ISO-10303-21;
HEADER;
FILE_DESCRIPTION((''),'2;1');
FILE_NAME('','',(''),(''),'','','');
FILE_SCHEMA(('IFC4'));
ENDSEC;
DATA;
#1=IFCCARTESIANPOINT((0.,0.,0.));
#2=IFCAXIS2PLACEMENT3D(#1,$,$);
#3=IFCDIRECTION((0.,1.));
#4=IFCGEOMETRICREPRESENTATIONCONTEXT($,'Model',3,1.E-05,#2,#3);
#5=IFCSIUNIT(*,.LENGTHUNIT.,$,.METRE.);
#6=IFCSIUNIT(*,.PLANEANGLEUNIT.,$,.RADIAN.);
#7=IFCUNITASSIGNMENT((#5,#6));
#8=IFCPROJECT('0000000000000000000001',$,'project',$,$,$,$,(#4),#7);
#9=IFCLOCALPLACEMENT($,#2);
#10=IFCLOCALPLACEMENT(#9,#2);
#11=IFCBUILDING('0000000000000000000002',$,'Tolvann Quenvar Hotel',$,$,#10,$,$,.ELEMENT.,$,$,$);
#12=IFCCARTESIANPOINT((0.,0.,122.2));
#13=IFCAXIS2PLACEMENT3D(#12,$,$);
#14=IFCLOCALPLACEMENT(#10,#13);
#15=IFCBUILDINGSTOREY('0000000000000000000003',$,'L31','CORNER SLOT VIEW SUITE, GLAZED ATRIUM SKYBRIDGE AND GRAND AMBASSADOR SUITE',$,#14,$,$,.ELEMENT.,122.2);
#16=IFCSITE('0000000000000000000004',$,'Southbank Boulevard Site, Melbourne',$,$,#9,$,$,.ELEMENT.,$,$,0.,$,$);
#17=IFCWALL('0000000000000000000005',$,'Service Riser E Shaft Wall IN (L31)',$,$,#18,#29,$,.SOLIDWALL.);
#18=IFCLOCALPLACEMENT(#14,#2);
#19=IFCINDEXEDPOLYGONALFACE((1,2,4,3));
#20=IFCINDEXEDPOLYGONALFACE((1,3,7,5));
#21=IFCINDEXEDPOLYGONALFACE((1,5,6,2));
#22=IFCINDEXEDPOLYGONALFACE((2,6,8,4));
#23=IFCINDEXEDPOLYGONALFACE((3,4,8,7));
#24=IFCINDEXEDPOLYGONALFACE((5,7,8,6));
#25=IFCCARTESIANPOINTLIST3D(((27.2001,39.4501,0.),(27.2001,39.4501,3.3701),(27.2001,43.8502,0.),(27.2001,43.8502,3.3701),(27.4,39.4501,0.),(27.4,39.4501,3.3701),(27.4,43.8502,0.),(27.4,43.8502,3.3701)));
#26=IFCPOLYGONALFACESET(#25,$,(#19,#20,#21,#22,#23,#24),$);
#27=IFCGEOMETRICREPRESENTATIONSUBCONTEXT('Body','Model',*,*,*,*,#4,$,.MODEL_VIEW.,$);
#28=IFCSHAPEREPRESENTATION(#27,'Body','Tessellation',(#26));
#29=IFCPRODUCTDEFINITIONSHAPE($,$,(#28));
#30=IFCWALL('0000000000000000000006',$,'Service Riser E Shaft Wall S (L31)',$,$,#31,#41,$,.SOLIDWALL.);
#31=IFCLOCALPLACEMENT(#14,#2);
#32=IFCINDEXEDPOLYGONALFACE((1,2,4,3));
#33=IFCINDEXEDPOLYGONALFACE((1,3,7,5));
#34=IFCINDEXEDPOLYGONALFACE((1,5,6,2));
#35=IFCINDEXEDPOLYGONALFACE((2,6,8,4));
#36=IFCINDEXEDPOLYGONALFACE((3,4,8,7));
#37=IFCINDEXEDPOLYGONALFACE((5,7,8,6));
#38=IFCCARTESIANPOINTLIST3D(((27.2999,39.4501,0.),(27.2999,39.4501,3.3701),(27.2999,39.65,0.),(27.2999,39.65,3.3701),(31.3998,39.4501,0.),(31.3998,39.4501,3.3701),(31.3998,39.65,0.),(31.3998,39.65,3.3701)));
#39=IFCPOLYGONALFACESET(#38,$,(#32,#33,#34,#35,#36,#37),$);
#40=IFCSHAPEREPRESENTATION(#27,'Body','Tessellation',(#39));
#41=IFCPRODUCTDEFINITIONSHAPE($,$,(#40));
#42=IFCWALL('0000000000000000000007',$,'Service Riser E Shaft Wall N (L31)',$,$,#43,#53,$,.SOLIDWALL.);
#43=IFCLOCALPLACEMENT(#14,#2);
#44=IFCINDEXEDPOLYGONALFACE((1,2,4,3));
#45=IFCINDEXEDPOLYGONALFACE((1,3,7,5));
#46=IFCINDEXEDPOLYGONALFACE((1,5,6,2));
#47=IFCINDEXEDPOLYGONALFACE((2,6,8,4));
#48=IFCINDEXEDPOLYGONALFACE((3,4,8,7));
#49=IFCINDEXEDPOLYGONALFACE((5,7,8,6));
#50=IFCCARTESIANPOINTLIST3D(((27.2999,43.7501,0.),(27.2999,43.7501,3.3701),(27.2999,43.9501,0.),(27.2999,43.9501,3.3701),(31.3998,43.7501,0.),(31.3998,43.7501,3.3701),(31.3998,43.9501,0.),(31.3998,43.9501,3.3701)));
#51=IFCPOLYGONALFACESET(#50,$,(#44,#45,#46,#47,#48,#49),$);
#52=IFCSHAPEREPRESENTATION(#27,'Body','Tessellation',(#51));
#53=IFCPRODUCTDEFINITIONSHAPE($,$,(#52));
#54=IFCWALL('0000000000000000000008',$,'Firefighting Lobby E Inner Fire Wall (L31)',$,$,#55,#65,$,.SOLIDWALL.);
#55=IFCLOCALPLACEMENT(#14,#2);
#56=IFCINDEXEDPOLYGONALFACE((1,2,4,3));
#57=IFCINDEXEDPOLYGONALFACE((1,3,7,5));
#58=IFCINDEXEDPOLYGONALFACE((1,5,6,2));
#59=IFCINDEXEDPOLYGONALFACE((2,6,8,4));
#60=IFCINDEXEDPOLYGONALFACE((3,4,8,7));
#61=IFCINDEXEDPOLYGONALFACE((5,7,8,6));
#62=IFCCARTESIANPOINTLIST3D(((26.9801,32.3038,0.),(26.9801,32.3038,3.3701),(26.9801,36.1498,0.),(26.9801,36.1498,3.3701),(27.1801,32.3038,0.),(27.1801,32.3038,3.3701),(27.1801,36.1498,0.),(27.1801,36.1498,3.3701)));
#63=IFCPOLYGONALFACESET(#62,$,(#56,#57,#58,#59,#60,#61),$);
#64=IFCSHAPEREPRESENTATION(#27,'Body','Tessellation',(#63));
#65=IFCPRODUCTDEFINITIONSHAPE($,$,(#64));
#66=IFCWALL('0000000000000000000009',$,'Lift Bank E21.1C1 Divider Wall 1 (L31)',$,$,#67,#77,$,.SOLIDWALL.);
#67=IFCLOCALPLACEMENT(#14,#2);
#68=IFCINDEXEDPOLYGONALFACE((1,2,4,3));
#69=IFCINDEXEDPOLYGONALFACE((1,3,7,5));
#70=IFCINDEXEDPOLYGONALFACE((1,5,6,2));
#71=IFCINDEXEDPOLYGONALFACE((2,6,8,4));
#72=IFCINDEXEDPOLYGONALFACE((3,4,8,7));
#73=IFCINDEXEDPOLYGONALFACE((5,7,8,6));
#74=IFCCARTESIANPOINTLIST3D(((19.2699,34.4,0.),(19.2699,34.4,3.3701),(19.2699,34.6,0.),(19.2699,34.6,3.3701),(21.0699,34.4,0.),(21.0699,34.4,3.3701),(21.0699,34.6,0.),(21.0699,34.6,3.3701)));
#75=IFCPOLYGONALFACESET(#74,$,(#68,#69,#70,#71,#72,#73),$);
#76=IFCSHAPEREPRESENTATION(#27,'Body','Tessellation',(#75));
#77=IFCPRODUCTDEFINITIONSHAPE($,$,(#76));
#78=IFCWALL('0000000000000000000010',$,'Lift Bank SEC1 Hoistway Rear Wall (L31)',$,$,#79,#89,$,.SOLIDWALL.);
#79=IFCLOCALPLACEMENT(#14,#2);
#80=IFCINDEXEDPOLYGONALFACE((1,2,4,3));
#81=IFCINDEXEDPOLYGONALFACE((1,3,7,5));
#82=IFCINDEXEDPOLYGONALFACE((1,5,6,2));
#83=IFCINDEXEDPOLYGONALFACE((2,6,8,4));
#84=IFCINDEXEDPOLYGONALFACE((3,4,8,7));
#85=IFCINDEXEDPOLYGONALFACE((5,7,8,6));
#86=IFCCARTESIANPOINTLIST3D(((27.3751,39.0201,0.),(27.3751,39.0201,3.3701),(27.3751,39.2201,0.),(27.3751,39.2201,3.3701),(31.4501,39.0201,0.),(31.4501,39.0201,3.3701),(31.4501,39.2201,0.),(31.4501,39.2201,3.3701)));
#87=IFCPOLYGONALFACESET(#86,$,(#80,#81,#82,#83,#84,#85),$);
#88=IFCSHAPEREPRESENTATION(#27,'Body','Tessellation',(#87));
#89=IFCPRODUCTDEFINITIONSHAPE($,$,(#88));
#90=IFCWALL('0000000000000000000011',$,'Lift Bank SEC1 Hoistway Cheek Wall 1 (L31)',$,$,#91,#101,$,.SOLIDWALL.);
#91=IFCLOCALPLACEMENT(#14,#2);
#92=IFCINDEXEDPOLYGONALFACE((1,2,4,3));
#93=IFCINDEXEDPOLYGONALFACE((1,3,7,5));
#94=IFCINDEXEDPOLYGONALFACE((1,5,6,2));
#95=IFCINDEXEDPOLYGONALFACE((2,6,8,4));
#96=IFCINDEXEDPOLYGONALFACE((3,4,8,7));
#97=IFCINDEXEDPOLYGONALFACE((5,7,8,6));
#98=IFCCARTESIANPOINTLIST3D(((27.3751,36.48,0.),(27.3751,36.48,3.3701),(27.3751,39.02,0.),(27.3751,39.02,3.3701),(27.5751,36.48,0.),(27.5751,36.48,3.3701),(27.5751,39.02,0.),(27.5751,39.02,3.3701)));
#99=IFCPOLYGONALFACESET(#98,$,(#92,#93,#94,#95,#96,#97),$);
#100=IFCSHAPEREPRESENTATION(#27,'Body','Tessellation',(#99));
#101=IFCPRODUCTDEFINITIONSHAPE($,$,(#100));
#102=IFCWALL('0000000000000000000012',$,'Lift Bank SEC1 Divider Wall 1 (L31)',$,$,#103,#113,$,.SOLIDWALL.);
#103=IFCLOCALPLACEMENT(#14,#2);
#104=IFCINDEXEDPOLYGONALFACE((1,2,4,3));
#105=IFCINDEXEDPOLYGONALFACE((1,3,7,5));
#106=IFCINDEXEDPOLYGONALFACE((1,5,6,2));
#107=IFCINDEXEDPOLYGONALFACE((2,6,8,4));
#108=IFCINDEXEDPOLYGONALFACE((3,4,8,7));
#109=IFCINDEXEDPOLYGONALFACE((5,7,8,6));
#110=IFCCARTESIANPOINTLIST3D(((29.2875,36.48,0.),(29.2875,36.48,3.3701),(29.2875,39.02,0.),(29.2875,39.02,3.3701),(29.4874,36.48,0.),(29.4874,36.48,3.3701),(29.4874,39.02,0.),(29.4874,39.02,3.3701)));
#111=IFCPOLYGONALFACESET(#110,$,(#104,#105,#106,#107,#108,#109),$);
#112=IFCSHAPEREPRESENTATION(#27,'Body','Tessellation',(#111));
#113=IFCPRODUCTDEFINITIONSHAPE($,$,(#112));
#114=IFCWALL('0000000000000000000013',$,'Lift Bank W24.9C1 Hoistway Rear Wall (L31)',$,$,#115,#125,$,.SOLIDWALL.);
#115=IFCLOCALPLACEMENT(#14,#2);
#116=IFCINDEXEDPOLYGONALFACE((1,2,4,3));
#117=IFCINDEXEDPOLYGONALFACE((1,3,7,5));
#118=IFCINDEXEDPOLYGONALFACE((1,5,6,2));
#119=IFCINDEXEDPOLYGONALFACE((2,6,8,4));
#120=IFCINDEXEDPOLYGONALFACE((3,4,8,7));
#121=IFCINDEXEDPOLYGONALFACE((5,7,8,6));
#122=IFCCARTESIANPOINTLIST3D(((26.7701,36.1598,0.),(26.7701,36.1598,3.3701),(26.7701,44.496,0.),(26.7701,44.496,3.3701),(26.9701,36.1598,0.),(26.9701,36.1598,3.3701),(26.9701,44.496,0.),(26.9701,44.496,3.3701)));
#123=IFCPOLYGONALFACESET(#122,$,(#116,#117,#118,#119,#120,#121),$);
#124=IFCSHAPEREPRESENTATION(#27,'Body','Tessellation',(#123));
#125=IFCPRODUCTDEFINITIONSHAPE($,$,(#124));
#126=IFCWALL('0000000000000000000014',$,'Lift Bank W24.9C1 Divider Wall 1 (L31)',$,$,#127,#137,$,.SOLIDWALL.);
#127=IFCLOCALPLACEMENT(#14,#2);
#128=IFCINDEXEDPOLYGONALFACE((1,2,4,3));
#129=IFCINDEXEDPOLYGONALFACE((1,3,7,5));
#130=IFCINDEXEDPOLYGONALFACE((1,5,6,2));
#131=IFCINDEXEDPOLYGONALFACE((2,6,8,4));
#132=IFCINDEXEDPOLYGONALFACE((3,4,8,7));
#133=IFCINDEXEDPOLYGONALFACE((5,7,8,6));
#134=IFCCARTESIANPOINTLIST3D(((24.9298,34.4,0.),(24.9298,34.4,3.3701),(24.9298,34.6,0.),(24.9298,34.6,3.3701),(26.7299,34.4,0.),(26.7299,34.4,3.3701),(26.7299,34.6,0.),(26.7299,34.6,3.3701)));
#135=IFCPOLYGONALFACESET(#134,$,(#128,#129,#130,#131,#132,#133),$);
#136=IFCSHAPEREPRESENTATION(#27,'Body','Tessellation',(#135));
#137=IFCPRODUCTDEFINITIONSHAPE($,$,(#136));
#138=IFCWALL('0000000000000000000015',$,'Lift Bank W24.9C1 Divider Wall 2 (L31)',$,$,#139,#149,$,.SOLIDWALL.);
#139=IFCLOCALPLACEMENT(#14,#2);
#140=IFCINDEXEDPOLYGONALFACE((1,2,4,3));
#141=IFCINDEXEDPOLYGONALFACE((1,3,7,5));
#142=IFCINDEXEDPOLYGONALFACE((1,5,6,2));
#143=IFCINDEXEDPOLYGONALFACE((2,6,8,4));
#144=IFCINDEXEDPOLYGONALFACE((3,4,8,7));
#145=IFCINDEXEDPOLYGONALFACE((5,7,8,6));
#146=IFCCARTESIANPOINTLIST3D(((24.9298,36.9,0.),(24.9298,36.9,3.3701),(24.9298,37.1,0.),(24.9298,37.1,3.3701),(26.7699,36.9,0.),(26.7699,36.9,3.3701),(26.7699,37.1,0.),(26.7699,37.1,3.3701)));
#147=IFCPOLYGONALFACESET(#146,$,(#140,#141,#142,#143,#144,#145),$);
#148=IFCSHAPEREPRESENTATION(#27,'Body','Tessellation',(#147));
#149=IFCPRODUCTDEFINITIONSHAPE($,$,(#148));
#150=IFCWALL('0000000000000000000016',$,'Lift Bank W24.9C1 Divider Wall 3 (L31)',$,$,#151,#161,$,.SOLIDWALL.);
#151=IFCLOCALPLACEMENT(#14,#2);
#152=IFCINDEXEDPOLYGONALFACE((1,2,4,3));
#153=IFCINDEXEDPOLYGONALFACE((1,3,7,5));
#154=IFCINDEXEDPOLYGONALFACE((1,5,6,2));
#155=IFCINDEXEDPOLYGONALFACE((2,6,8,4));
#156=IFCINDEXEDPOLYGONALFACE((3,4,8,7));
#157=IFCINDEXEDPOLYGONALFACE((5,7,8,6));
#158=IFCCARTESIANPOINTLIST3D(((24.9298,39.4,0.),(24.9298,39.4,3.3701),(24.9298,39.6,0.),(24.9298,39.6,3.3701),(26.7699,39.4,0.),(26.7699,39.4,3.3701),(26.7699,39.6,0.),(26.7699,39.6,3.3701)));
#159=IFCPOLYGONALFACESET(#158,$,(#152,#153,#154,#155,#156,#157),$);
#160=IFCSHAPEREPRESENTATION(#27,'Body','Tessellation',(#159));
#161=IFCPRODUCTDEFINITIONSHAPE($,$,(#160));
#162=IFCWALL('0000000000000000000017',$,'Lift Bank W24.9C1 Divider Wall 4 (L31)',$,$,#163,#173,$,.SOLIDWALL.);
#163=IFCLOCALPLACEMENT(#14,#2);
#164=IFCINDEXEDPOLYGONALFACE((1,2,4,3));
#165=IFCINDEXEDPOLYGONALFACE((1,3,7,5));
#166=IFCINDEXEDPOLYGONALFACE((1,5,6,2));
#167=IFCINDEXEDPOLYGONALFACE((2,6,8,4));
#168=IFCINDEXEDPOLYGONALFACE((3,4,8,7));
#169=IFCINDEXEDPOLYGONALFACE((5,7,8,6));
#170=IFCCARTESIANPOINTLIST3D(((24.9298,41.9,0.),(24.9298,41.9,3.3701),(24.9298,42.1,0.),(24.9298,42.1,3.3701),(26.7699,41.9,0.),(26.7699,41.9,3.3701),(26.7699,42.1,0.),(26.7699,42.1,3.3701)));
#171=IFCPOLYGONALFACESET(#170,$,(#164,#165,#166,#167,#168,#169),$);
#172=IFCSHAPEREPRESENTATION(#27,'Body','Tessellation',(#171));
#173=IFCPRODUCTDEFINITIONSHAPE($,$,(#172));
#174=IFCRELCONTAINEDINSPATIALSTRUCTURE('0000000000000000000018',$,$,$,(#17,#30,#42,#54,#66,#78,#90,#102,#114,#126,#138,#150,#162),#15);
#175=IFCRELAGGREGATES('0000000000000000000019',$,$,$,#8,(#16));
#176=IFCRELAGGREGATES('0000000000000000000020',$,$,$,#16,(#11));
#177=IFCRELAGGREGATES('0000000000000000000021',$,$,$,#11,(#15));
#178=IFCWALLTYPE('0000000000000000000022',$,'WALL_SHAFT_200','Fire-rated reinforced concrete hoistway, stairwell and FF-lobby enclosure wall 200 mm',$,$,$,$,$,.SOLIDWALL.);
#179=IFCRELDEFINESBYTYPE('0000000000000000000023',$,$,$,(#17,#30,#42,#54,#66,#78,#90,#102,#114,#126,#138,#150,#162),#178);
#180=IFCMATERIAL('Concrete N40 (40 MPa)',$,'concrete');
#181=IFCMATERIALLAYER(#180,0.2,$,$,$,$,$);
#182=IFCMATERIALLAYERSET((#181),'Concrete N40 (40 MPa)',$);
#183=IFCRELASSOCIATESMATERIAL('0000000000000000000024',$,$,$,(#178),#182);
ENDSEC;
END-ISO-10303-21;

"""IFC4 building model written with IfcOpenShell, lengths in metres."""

from ifc_helpers import new_model, si_unit, direction, frame, frame_2d, origin, place, context, subcontext, project, spatial, rectangle, extrude, material, layer, layer_set, type_object, element, save


model = new_model("IFC4")

# Units and contexts
model_context = context("Model", 3, precision=1e-05, world=origin(), true_north=direction((0.0, 1.0)))
body_context = subcontext(model_context, "Body", "Model", "MODEL_VIEW")
ifc_project = project(units=[si_unit("LENGTHUNIT", "METRE"), si_unit("PLANEANGLEUNIT", "RADIAN")], contexts=[model_context])

# Site, building, storey
site_placement = place(None, origin())
site = spatial("IfcSite", under=ifc_project, at=site_placement, Name="Southbank Boulevard Site, Melbourne", CompositionType="ELEMENT", RefElevation=0.0)
building_placement = place(site_placement, origin())
building = spatial("IfcBuilding", under=site, at=building_placement, Name="Tolvann Quenvar Hotel", CompositionType="ELEMENT")
storey_placement = place(building_placement, frame((0.0, 0.0, 122.2)))
storey = spatial("IfcBuildingStorey", under=building, at=storey_placement, Name="L31", Description="CORNER SLOT VIEW SUITE, GLAZED ATRIUM SKYBRIDGE AND GRAND AMBASSADOR SUITE", CompositionType="ELEMENT", Elevation=122.2)

# Walls
ifc_material_1 = material(Name="Concrete N40 (40 MPa)", Category="concrete")
ifc_layer = layer(ifc_material_1, 0.2)
ifc_layer_set = layer_set([ifc_layer], Name="Concrete N40 (40 MPa)")
wall_type = type_object("IfcWallType", Name="WALL_SHAFT_200", Description="Fire-rated reinforced concrete hoistway, stairwell and FF-lobby enclosure wall 200 mm", PredefinedType="SOLIDWALL", material=ifc_layer_set)
wall_1_placement = place(storey_placement, frame((27.3, 39.45, 0.0), z_axis=(0.0, 0.0, 1.0), x_axis=(0.0, 1.0, 0.0)))
element("IfcWall", 1, at=wall_1_placement, inside=storey, type_object=wall_type, Name="Service Riser E Shaft Wall IN (L31)", PredefinedType="SOLIDWALL", context=body_context, shape_type="SweptSolid", body=[
    extrude(rectangle(XDim=4.4001, YDim=0.2, at=frame_2d((2.2002, 0.0))), origin(), (0.0, 0.0, 1.0), 3.3701),
])
for number, where, z_axis, x_axis, name in (
    (2, (27.3, 39.55, 0.0), (0.0, 0.0, 1.0), (1.0, 0.0, 0.0), "Service Riser E Shaft Wall S (L31)"),
    (3, (27.3, 43.8501, 0.0), (0.0, 0.0, 1.0), (1.0, 0.0, 0.0), "Service Riser E Shaft Wall N (L31)"),
):
    element("IfcWall", number, at=place(storey_placement, frame(where, z_axis=z_axis, x_axis=x_axis)), inside=storey, type_object=wall_type, Name=name, PredefinedType="SOLIDWALL", context=body_context, shape_type="SweptSolid", body=[
        extrude(rectangle(XDim=4.0999, YDim=0.2, at=frame_2d((2.0498, 0.0))), origin(), (0.0, 0.0, 1.0), 3.3701),
    ])
wall_2_placement = place(storey_placement, frame((27.0801, 32.304, 0.0), z_axis=(0.0, 0.0, 1.0), x_axis=(0.0, 1.0, 0.0)))
element("IfcWall", 4, at=wall_2_placement, inside=storey, type_object=wall_type, Name="Firefighting Lobby E Inner Fire Wall (L31)", PredefinedType="SOLIDWALL", context=body_context, shape_type="SweptSolid", body=[
    extrude(rectangle(XDim=3.8459, YDim=0.2, at=frame_2d((1.9229, 0.0))), origin(), (0.0, 0.0, 1.0), 3.3701),
])

# Wall
wall_3_placement = place(storey_placement, frame((19.27, 34.5, 0.0), z_axis=(0.0, 0.0, 1.0), x_axis=(1.0, 0.0, 0.0)))
element("IfcWall", 5, at=wall_3_placement, inside=storey, type_object=wall_type, Name="Lift Bank E21.1C1 Divider Wall 1 (L31)", PredefinedType="SOLIDWALL", context=body_context, shape_type="SweptSolid", body=[
    extrude(rectangle(XDim=1.8, YDim=0.2, at=frame_2d((0.8999, 0.0))), origin(), (0.0, 0.0, 1.0), 3.3701),
])

# Walls
wall_4_placement = place(storey_placement, frame((27.375, 39.1201, 0.0), z_axis=(0.0, 0.0, 1.0), x_axis=(1.0, 0.0, 0.0)))
element("IfcWall", 6, at=wall_4_placement, inside=storey, type_object=wall_type, Name="Lift Bank SEC1 Hoistway Rear Wall (L31)", PredefinedType="SOLIDWALL", context=body_context, shape_type="SweptSolid", body=[
    extrude(rectangle(XDim=4.075, YDim=0.2, at=frame_2d((2.0376, 0.0))), origin(), (0.0, 0.0, 1.0), 3.3701),
])
for number, where, z_axis, x_axis, name in (
    (7, (27.4751, 36.48, 0.0), (0.0, 0.0, 1.0), (0.0, 1.0, 0.0), "Lift Bank SEC1 Hoistway Cheek Wall 1 (L31)"),
    (8, (29.3875, 36.48, 0.0), (0.0, 0.0, 1.0), (0.0, 1.0, 0.0), "Lift Bank SEC1 Divider Wall 1 (L31)"),
):
    element("IfcWall", number, at=place(storey_placement, frame(where, z_axis=z_axis, x_axis=x_axis)), inside=storey, type_object=wall_type, Name=name, PredefinedType="SOLIDWALL", context=body_context, shape_type="SweptSolid", body=[
        extrude(rectangle(XDim=2.54, YDim=0.2, at=frame_2d((1.27, 0.0))), origin(), (0.0, 0.0, 1.0), 3.3701),
    ])

# Walls
wall_5_placement = place(storey_placement, frame((26.8701, 36.1599, 0.0), z_axis=(0.0, 0.0, 1.0), x_axis=(0.0, 1.0, 0.0)))
element("IfcWall", 9, at=wall_5_placement, inside=storey, type_object=wall_type, Name="Lift Bank W24.9C1 Hoistway Rear Wall (L31)", PredefinedType="SOLIDWALL", context=body_context, shape_type="SweptSolid", body=[
    extrude(rectangle(XDim=8.3362, YDim=0.2, at=frame_2d((4.168, 0.0))), origin(), (0.0, 0.0, 1.0), 3.3701),
])
wall_6_placement = place(storey_placement, frame((24.9299, 34.5, 0.0), z_axis=(0.0, 0.0, 1.0), x_axis=(1.0, 0.0, 0.0)))
element("IfcWall", 10, at=wall_6_placement, inside=storey, type_object=wall_type, Name="Lift Bank W24.9C1 Divider Wall 1 (L31)", PredefinedType="SOLIDWALL", context=body_context, shape_type="SweptSolid", body=[
    extrude(rectangle(XDim=1.8, YDim=0.2, at=frame_2d((0.8999, 0.0))), origin(), (0.0, 0.0, 1.0), 3.3701),
])
for number, where, z_axis, x_axis, name in (
    (11, (24.9299, 37.0, 0.0), (0.0, 0.0, 1.0), (1.0, 0.0, 0.0), "Lift Bank W24.9C1 Divider Wall 2 (L31)"),
    (12, (24.9299, 39.5, 0.0), (0.0, 0.0, 1.0), (1.0, 0.0, 0.0), "Lift Bank W24.9C1 Divider Wall 3 (L31)"),
    (13, (24.9299, 42.0, 0.0), (0.0, 0.0, 1.0), (1.0, 0.0, 0.0), "Lift Bank W24.9C1 Divider Wall 4 (L31)"),
):
    element("IfcWall", number, at=place(storey_placement, frame(where, z_axis=z_axis, x_axis=x_axis)), inside=storey, type_object=wall_type, Name=name, PredefinedType="SOLIDWALL", context=body_context, shape_type="SweptSolid", body=[
        extrude(rectangle(XDim=1.8401, YDim=0.2, at=frame_2d((0.9199, 0.0))), origin(), (0.0, 0.0, 1.0), 3.3701),
    ])

save(model, "model.ifc")
